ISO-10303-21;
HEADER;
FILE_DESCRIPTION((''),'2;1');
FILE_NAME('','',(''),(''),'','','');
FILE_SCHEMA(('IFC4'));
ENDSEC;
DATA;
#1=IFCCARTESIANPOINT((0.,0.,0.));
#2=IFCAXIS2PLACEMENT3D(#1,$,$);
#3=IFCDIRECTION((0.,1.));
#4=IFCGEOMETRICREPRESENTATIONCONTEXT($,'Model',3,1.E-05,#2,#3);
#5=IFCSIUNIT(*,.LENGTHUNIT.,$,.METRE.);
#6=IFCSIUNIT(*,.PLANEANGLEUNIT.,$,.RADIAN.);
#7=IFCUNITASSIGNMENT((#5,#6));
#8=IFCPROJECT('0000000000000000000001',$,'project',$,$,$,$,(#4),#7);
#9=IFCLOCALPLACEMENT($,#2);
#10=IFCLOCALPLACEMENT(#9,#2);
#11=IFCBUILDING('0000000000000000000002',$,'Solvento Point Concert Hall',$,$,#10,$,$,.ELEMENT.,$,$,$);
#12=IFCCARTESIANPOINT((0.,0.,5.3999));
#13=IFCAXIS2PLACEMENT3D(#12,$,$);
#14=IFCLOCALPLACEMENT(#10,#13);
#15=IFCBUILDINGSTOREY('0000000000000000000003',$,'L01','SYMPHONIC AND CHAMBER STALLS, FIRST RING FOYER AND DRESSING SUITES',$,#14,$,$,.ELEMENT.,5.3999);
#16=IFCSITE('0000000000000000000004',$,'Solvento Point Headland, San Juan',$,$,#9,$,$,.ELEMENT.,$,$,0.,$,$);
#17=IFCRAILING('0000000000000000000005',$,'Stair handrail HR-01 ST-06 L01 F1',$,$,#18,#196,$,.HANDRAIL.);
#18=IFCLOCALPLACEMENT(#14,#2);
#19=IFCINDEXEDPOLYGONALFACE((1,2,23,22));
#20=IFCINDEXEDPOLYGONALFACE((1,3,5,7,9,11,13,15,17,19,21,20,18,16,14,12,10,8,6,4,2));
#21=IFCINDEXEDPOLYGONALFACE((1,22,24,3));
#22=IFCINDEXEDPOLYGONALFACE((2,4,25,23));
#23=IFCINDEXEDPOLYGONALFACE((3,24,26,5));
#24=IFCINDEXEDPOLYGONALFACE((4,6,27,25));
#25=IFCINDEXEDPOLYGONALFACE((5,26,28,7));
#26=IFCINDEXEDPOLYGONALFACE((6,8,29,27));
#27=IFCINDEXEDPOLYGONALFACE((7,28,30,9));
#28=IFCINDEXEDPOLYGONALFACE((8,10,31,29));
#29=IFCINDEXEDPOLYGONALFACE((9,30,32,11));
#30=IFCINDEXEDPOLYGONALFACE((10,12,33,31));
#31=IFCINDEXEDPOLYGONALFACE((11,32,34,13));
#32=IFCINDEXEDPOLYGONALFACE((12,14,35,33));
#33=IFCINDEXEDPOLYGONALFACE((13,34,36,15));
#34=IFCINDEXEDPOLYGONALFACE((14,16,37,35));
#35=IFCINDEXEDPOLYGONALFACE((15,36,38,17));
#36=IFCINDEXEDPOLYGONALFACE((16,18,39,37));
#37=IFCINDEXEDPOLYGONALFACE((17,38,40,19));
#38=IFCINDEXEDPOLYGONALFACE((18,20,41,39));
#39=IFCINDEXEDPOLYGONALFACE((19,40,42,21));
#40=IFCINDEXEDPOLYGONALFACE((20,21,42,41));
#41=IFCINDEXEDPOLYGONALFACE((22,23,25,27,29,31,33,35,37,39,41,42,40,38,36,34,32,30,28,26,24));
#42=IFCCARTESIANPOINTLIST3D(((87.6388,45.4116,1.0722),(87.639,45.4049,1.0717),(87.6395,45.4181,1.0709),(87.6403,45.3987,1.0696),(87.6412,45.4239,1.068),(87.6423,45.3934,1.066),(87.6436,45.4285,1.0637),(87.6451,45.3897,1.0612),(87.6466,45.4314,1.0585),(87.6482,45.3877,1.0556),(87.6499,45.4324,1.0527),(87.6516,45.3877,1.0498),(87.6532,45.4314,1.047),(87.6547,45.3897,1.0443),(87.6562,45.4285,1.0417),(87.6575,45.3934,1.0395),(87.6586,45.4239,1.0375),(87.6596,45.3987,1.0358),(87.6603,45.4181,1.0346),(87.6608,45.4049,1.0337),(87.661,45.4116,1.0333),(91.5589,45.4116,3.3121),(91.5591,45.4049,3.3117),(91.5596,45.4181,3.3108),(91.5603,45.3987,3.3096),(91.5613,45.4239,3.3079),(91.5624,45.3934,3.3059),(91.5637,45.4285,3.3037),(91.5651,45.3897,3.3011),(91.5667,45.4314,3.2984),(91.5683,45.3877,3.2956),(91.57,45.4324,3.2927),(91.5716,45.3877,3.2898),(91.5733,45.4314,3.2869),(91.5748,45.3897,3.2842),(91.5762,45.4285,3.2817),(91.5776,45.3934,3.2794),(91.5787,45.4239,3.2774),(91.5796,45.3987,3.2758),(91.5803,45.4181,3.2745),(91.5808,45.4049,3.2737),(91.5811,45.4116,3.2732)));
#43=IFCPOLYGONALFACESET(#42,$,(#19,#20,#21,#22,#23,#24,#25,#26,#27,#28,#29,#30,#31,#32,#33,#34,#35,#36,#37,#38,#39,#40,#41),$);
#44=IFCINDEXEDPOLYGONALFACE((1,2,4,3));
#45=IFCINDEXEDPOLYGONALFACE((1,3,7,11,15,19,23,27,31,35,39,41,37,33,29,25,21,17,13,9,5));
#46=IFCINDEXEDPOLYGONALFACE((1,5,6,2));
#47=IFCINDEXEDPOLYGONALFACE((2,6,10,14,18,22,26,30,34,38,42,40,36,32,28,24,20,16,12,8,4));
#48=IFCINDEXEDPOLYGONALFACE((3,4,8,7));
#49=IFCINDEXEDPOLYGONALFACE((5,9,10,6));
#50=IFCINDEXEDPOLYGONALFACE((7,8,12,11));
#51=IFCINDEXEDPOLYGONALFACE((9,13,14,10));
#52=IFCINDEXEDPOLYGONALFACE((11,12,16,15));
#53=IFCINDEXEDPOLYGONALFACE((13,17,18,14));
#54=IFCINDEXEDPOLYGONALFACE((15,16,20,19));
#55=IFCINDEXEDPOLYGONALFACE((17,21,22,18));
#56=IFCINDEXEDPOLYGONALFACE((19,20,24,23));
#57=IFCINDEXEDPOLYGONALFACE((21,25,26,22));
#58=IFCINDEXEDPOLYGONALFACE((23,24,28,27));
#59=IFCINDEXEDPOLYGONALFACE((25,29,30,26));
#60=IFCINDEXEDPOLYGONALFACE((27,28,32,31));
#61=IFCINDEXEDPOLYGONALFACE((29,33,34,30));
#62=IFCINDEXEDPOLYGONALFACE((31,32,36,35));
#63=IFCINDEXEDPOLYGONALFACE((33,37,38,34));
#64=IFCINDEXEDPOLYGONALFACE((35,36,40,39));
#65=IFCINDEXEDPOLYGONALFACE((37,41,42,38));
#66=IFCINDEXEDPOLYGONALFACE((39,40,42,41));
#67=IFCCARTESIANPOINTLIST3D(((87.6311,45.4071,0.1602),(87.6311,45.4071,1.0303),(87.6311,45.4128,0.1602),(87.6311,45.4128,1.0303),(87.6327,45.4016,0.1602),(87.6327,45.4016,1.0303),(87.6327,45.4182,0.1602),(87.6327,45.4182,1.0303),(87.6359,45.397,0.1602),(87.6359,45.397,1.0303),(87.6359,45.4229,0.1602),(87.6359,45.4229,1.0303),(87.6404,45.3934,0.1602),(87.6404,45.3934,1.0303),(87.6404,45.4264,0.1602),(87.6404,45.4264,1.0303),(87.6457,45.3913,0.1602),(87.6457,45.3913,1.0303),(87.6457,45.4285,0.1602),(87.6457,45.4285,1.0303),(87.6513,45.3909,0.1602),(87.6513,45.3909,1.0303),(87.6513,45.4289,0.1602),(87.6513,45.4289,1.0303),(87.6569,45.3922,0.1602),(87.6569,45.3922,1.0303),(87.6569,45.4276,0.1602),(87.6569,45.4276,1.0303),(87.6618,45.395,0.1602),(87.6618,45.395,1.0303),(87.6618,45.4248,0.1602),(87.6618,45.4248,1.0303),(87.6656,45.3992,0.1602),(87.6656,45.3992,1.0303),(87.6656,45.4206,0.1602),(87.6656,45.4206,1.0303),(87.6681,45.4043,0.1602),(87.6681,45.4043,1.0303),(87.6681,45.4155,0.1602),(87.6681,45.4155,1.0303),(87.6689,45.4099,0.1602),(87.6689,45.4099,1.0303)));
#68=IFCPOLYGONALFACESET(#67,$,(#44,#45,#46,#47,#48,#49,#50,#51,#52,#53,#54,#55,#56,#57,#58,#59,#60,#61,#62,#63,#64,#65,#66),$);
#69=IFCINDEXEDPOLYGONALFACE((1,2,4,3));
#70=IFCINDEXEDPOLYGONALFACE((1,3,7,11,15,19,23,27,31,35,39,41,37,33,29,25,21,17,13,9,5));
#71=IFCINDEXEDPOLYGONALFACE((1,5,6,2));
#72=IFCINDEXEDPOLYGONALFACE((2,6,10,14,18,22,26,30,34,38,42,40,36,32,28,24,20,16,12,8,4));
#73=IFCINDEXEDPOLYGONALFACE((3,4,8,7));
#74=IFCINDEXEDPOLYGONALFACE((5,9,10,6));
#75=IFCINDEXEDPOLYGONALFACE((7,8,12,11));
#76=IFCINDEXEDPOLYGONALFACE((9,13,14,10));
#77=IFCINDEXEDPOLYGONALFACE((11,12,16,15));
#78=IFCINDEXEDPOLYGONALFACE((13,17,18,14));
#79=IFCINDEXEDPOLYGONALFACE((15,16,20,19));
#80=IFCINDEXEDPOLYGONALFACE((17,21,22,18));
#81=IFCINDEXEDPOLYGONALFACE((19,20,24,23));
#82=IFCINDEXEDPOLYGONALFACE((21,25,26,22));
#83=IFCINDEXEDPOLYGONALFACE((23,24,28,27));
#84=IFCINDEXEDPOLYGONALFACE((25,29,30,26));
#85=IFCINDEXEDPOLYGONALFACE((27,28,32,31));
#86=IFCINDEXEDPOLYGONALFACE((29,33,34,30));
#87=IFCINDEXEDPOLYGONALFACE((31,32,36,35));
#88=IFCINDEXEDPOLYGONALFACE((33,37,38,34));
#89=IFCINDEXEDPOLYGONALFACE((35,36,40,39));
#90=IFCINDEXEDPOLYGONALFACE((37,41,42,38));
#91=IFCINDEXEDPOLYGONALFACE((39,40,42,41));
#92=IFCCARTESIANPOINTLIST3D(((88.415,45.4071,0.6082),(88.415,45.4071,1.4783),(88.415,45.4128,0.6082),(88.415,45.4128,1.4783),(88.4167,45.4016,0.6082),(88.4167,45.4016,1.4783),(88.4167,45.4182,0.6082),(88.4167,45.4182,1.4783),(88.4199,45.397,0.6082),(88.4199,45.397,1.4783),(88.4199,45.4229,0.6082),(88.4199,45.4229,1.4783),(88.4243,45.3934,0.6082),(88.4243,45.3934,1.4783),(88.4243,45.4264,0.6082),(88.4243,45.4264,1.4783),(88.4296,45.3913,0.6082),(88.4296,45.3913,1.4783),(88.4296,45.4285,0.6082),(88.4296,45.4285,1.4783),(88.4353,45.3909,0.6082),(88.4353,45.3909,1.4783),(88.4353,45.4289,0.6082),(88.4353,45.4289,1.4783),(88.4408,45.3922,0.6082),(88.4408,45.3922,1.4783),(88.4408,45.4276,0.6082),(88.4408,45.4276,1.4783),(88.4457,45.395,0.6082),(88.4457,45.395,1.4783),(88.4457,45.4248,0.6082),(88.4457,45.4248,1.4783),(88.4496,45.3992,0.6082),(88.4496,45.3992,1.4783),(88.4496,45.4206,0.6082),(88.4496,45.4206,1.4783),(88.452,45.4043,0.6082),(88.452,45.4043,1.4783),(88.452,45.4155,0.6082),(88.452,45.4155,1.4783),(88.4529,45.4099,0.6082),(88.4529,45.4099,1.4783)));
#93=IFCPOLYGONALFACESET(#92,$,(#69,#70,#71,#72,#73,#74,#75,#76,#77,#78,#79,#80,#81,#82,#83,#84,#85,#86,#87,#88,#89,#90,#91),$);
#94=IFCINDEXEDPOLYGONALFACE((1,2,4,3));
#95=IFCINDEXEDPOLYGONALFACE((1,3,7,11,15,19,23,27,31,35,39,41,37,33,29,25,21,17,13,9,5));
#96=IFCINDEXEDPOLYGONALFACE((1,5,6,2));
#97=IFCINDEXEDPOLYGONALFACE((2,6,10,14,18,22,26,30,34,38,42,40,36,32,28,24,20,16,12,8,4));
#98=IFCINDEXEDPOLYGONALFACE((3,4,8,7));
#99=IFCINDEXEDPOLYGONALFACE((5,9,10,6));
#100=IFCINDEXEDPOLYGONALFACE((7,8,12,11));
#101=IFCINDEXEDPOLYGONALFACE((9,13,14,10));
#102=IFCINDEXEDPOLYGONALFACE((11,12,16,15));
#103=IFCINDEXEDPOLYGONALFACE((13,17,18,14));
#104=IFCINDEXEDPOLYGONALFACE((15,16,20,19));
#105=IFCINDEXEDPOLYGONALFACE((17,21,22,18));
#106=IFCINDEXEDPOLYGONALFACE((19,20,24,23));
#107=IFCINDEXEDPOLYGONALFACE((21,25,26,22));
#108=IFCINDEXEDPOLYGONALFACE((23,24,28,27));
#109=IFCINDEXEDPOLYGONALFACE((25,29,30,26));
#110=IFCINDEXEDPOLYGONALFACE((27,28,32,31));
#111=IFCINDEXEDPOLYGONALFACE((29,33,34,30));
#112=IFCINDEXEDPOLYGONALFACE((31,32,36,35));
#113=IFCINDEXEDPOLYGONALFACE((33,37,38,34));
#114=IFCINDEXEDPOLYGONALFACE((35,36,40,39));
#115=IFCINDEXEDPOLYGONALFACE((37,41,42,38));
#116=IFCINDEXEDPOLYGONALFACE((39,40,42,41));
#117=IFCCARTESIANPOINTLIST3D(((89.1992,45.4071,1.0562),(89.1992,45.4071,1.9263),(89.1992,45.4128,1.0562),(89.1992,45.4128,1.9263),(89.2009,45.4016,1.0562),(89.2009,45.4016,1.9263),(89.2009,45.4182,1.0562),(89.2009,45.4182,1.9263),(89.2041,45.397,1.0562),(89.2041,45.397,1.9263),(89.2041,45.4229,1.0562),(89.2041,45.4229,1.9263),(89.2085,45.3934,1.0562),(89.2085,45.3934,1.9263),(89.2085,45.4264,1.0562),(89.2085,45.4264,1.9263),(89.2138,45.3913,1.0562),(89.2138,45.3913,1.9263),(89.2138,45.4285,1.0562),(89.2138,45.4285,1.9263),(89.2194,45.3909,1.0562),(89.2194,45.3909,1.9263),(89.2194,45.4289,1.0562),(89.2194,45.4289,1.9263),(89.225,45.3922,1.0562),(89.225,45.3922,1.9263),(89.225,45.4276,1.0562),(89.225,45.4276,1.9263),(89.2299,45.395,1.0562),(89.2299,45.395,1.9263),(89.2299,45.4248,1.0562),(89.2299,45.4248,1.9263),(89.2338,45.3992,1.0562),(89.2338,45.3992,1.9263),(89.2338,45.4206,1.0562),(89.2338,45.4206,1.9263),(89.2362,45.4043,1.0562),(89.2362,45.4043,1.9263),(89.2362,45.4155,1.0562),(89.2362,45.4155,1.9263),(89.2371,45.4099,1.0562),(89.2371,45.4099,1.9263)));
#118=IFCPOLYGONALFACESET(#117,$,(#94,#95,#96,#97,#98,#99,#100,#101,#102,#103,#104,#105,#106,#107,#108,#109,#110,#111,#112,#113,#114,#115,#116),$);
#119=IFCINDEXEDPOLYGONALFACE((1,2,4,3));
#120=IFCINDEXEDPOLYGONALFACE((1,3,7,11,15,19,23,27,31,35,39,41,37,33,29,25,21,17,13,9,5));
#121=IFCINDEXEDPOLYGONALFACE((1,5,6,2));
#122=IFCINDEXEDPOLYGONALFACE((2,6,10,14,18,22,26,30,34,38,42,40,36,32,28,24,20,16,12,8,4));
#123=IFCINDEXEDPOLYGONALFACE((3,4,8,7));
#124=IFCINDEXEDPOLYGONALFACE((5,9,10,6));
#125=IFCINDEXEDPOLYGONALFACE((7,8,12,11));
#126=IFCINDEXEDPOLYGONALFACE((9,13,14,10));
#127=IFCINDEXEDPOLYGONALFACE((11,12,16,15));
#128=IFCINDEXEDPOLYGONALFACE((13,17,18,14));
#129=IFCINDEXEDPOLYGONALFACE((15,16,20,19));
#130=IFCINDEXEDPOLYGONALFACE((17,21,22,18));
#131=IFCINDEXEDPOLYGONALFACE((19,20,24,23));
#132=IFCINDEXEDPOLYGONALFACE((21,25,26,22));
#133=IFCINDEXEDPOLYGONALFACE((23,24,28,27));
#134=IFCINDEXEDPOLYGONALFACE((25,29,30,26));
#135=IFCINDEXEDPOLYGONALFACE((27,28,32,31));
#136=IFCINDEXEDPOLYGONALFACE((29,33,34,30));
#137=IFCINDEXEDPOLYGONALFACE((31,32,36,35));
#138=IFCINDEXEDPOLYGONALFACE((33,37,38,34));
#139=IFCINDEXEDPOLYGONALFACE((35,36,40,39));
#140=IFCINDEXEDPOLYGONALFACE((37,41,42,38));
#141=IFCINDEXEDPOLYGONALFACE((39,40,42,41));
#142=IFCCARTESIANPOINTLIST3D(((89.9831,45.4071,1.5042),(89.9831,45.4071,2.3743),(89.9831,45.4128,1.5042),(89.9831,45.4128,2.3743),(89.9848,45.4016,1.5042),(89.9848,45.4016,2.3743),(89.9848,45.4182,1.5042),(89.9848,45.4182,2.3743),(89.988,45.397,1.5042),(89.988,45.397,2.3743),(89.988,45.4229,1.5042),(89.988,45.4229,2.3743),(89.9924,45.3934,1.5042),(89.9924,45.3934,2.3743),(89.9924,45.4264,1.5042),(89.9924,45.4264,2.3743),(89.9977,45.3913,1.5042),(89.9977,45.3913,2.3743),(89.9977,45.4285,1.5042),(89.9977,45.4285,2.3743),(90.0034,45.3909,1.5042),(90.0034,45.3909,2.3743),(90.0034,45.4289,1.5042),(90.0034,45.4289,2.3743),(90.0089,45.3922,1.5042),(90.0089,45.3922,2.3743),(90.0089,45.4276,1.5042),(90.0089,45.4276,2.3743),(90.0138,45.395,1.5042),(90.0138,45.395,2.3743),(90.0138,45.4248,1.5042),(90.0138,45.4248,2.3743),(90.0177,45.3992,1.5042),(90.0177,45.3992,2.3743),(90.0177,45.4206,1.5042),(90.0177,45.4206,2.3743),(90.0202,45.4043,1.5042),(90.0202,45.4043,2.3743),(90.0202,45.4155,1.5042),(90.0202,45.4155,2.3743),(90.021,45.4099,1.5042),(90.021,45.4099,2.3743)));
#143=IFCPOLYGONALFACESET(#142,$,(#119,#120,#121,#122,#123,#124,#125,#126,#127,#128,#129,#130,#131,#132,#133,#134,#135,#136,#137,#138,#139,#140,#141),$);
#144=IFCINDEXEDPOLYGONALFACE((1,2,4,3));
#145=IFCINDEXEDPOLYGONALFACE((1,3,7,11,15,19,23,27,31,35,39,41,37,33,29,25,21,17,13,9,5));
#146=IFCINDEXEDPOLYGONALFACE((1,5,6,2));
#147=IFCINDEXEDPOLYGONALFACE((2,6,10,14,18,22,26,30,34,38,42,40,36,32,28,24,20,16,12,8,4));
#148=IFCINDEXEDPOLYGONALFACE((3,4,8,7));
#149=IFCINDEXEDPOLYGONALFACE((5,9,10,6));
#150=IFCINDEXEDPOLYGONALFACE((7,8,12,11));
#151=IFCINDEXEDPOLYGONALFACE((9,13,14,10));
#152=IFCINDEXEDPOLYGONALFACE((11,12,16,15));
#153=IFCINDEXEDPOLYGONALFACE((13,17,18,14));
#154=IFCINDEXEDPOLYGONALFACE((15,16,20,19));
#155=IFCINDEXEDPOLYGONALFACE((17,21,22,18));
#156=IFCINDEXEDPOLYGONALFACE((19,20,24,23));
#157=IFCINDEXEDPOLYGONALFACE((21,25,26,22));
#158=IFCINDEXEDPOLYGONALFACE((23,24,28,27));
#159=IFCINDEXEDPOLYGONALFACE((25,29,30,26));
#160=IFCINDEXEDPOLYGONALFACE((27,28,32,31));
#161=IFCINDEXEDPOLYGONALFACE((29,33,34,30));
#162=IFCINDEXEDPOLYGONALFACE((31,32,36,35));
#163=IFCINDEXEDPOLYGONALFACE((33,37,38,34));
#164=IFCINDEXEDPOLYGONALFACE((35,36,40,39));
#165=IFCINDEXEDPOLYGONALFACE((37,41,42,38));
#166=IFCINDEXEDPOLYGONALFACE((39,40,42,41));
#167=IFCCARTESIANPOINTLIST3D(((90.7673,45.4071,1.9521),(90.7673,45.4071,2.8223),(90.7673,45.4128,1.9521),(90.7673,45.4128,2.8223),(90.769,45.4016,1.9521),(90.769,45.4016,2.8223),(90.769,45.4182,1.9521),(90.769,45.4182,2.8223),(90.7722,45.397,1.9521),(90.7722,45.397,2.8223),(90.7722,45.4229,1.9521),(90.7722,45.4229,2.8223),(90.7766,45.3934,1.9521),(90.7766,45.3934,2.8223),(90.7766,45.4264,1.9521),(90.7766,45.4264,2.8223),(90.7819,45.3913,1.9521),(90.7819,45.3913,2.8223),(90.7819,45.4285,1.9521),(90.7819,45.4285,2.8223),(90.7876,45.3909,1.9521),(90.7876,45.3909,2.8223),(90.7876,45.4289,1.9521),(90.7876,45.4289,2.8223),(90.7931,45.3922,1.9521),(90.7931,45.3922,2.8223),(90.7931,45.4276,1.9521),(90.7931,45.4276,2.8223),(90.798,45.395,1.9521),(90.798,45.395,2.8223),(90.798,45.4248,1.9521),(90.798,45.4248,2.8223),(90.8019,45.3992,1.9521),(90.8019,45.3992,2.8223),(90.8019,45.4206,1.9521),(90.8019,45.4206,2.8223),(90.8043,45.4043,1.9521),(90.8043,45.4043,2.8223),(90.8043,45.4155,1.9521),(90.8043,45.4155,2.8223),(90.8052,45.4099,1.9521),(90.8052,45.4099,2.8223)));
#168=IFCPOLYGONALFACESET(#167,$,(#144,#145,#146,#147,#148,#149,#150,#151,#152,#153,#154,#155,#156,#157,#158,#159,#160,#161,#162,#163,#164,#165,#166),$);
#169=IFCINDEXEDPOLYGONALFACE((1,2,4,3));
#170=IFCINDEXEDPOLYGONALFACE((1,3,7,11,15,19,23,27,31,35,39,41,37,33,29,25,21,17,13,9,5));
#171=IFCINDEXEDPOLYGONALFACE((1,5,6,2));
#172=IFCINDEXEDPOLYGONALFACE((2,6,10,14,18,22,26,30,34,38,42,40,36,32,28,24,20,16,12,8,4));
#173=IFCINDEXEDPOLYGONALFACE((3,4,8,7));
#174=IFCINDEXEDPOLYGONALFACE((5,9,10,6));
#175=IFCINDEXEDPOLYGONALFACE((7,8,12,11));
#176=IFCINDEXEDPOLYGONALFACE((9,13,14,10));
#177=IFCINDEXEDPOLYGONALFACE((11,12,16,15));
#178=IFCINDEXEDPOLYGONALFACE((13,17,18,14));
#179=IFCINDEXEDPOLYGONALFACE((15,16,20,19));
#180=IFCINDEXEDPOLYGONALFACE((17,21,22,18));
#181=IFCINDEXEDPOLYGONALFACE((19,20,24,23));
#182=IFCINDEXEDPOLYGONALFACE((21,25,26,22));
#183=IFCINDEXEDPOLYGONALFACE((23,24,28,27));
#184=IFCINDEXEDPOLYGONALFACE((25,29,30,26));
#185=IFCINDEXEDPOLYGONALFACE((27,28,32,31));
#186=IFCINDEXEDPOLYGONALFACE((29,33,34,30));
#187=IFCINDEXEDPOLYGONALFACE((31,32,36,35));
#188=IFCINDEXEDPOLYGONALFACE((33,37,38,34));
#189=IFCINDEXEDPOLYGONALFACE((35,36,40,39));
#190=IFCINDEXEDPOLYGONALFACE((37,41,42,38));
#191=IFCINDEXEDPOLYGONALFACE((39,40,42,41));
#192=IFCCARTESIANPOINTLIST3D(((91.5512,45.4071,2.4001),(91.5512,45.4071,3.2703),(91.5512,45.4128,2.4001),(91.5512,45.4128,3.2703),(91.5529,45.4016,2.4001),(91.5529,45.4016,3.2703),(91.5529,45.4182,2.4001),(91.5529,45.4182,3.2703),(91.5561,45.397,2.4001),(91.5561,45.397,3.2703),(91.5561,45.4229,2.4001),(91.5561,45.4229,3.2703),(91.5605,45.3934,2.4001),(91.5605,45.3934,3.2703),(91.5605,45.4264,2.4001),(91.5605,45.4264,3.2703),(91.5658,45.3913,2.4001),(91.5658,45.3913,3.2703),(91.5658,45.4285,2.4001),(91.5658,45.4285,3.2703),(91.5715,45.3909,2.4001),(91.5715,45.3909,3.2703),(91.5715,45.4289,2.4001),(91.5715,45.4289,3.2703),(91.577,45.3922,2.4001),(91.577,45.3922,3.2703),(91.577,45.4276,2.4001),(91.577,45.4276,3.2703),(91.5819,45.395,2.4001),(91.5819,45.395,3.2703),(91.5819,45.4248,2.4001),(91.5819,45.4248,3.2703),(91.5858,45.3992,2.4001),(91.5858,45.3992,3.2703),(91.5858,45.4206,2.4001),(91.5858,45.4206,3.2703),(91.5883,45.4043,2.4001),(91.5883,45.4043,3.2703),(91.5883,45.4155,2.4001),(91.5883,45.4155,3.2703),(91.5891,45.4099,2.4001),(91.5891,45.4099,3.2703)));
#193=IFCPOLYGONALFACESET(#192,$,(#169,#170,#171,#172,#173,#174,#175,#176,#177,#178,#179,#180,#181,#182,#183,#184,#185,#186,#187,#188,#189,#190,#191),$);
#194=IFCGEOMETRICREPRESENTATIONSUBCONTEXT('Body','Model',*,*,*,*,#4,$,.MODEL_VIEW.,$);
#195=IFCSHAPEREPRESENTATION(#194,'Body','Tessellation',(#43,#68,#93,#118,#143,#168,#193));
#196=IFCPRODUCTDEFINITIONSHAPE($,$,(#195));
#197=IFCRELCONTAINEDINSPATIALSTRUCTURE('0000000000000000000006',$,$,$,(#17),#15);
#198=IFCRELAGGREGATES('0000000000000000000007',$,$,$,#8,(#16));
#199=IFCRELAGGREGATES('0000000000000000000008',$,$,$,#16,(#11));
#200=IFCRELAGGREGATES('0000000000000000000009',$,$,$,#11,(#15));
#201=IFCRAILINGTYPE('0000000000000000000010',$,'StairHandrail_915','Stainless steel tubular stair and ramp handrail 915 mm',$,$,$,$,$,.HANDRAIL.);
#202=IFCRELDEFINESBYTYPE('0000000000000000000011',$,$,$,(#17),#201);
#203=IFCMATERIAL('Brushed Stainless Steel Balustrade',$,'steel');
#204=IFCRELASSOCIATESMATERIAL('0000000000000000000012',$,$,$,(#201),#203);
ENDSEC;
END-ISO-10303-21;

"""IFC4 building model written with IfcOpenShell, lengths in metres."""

from ifc_helpers import new_model, si_unit, direction, frame, origin, origin_2d, place, context, subcontext, project, spatial, circle, extrude, material, type_object, element, save


model = new_model("IFC4")

# Units and contexts
model_context = context("Model", 3, precision=1e-05, world=origin(), true_north=direction((0.0, 1.0)))
body_context = subcontext(model_context, "Body", "Model", "MODEL_VIEW")
ifc_project = project(units=[si_unit("LENGTHUNIT", "METRE"), si_unit("PLANEANGLEUNIT", "RADIAN")], contexts=[model_context])

# Site, building, storey
site_placement = place(None, origin())
site = spatial("IfcSite", under=ifc_project, at=site_placement, Name="Solvento Point Headland, San Juan", CompositionType="ELEMENT", RefElevation=0.0)
building_placement = place(site_placement, origin())
building = spatial("IfcBuilding", under=site, at=building_placement, Name="Solvento Point Concert Hall", CompositionType="ELEMENT")
storey_placement = place(building_placement, frame((0.0, 0.0, 5.3999)))
storey = spatial("IfcBuildingStorey", under=building, at=storey_placement, Name="L01", Description="SYMPHONIC AND CHAMBER STALLS, FIRST RING FOYER AND DRESSING SUITES", CompositionType="ELEMENT", Elevation=5.3999)

# Railing
ifc_material_1 = material(Name="Brushed Stainless Steel Balustrade", Category="steel")
railing_type_1 = type_object("IfcRailingType", Name="StairHandrail_915", Description="Stainless steel tubular stair and ramp handrail 915 mm", PredefinedType="HANDRAIL", material=ifc_material_1)
railing_1_placement = place(storey_placement, frame((87.6499, 45.4099, 0.1602)))
element("IfcRailing", 1, at=railing_1_placement, inside=storey, type_object=railing_type_1, Name="Stair handrail HR-01 ST-06 L01 F1", PredefinedType="HANDRAIL", context=body_context, shape_type="SweptSolid", body=[
    extrude(circle(Radius=0.0225, at=origin_2d()), frame((0.0, 0.0, 0.8926), z_axis=(0.868253, 0.0, 0.496121), x_axis=(0.0, 1.0, 0.0)), (0.0, 0.0, 1.0), 4.5149),
    extrude(circle(Radius=0.019, at=origin_2d()), origin(), (0.0, 0.0, 1.0), 0.8701),
    extrude(circle(Radius=0.019, at=origin_2d()), frame((0.7839, 0.0, 0.448)), (0.0, 0.0, 1.0), 0.8701),
    extrude(circle(Radius=0.019, at=origin_2d()), frame((1.5681, 0.0, 0.896)), (0.0, 0.0, 1.0), 0.8701),
    extrude(circle(Radius=0.019, at=origin_2d()), frame((2.3521, 0.0, 1.344)), (0.0, 0.0, 1.0), 0.8701),
    extrude(circle(Radius=0.019, at=origin_2d()), frame((3.1362, 0.0, 1.792)), (0.0, 0.0, 1.0), 0.8701),
    extrude(circle(Radius=0.019, at=origin_2d()), frame((3.9202, 0.0, 2.24)), (0.0, 0.0, 1.0), 0.8701),
])

save(model, "model.ifc")
